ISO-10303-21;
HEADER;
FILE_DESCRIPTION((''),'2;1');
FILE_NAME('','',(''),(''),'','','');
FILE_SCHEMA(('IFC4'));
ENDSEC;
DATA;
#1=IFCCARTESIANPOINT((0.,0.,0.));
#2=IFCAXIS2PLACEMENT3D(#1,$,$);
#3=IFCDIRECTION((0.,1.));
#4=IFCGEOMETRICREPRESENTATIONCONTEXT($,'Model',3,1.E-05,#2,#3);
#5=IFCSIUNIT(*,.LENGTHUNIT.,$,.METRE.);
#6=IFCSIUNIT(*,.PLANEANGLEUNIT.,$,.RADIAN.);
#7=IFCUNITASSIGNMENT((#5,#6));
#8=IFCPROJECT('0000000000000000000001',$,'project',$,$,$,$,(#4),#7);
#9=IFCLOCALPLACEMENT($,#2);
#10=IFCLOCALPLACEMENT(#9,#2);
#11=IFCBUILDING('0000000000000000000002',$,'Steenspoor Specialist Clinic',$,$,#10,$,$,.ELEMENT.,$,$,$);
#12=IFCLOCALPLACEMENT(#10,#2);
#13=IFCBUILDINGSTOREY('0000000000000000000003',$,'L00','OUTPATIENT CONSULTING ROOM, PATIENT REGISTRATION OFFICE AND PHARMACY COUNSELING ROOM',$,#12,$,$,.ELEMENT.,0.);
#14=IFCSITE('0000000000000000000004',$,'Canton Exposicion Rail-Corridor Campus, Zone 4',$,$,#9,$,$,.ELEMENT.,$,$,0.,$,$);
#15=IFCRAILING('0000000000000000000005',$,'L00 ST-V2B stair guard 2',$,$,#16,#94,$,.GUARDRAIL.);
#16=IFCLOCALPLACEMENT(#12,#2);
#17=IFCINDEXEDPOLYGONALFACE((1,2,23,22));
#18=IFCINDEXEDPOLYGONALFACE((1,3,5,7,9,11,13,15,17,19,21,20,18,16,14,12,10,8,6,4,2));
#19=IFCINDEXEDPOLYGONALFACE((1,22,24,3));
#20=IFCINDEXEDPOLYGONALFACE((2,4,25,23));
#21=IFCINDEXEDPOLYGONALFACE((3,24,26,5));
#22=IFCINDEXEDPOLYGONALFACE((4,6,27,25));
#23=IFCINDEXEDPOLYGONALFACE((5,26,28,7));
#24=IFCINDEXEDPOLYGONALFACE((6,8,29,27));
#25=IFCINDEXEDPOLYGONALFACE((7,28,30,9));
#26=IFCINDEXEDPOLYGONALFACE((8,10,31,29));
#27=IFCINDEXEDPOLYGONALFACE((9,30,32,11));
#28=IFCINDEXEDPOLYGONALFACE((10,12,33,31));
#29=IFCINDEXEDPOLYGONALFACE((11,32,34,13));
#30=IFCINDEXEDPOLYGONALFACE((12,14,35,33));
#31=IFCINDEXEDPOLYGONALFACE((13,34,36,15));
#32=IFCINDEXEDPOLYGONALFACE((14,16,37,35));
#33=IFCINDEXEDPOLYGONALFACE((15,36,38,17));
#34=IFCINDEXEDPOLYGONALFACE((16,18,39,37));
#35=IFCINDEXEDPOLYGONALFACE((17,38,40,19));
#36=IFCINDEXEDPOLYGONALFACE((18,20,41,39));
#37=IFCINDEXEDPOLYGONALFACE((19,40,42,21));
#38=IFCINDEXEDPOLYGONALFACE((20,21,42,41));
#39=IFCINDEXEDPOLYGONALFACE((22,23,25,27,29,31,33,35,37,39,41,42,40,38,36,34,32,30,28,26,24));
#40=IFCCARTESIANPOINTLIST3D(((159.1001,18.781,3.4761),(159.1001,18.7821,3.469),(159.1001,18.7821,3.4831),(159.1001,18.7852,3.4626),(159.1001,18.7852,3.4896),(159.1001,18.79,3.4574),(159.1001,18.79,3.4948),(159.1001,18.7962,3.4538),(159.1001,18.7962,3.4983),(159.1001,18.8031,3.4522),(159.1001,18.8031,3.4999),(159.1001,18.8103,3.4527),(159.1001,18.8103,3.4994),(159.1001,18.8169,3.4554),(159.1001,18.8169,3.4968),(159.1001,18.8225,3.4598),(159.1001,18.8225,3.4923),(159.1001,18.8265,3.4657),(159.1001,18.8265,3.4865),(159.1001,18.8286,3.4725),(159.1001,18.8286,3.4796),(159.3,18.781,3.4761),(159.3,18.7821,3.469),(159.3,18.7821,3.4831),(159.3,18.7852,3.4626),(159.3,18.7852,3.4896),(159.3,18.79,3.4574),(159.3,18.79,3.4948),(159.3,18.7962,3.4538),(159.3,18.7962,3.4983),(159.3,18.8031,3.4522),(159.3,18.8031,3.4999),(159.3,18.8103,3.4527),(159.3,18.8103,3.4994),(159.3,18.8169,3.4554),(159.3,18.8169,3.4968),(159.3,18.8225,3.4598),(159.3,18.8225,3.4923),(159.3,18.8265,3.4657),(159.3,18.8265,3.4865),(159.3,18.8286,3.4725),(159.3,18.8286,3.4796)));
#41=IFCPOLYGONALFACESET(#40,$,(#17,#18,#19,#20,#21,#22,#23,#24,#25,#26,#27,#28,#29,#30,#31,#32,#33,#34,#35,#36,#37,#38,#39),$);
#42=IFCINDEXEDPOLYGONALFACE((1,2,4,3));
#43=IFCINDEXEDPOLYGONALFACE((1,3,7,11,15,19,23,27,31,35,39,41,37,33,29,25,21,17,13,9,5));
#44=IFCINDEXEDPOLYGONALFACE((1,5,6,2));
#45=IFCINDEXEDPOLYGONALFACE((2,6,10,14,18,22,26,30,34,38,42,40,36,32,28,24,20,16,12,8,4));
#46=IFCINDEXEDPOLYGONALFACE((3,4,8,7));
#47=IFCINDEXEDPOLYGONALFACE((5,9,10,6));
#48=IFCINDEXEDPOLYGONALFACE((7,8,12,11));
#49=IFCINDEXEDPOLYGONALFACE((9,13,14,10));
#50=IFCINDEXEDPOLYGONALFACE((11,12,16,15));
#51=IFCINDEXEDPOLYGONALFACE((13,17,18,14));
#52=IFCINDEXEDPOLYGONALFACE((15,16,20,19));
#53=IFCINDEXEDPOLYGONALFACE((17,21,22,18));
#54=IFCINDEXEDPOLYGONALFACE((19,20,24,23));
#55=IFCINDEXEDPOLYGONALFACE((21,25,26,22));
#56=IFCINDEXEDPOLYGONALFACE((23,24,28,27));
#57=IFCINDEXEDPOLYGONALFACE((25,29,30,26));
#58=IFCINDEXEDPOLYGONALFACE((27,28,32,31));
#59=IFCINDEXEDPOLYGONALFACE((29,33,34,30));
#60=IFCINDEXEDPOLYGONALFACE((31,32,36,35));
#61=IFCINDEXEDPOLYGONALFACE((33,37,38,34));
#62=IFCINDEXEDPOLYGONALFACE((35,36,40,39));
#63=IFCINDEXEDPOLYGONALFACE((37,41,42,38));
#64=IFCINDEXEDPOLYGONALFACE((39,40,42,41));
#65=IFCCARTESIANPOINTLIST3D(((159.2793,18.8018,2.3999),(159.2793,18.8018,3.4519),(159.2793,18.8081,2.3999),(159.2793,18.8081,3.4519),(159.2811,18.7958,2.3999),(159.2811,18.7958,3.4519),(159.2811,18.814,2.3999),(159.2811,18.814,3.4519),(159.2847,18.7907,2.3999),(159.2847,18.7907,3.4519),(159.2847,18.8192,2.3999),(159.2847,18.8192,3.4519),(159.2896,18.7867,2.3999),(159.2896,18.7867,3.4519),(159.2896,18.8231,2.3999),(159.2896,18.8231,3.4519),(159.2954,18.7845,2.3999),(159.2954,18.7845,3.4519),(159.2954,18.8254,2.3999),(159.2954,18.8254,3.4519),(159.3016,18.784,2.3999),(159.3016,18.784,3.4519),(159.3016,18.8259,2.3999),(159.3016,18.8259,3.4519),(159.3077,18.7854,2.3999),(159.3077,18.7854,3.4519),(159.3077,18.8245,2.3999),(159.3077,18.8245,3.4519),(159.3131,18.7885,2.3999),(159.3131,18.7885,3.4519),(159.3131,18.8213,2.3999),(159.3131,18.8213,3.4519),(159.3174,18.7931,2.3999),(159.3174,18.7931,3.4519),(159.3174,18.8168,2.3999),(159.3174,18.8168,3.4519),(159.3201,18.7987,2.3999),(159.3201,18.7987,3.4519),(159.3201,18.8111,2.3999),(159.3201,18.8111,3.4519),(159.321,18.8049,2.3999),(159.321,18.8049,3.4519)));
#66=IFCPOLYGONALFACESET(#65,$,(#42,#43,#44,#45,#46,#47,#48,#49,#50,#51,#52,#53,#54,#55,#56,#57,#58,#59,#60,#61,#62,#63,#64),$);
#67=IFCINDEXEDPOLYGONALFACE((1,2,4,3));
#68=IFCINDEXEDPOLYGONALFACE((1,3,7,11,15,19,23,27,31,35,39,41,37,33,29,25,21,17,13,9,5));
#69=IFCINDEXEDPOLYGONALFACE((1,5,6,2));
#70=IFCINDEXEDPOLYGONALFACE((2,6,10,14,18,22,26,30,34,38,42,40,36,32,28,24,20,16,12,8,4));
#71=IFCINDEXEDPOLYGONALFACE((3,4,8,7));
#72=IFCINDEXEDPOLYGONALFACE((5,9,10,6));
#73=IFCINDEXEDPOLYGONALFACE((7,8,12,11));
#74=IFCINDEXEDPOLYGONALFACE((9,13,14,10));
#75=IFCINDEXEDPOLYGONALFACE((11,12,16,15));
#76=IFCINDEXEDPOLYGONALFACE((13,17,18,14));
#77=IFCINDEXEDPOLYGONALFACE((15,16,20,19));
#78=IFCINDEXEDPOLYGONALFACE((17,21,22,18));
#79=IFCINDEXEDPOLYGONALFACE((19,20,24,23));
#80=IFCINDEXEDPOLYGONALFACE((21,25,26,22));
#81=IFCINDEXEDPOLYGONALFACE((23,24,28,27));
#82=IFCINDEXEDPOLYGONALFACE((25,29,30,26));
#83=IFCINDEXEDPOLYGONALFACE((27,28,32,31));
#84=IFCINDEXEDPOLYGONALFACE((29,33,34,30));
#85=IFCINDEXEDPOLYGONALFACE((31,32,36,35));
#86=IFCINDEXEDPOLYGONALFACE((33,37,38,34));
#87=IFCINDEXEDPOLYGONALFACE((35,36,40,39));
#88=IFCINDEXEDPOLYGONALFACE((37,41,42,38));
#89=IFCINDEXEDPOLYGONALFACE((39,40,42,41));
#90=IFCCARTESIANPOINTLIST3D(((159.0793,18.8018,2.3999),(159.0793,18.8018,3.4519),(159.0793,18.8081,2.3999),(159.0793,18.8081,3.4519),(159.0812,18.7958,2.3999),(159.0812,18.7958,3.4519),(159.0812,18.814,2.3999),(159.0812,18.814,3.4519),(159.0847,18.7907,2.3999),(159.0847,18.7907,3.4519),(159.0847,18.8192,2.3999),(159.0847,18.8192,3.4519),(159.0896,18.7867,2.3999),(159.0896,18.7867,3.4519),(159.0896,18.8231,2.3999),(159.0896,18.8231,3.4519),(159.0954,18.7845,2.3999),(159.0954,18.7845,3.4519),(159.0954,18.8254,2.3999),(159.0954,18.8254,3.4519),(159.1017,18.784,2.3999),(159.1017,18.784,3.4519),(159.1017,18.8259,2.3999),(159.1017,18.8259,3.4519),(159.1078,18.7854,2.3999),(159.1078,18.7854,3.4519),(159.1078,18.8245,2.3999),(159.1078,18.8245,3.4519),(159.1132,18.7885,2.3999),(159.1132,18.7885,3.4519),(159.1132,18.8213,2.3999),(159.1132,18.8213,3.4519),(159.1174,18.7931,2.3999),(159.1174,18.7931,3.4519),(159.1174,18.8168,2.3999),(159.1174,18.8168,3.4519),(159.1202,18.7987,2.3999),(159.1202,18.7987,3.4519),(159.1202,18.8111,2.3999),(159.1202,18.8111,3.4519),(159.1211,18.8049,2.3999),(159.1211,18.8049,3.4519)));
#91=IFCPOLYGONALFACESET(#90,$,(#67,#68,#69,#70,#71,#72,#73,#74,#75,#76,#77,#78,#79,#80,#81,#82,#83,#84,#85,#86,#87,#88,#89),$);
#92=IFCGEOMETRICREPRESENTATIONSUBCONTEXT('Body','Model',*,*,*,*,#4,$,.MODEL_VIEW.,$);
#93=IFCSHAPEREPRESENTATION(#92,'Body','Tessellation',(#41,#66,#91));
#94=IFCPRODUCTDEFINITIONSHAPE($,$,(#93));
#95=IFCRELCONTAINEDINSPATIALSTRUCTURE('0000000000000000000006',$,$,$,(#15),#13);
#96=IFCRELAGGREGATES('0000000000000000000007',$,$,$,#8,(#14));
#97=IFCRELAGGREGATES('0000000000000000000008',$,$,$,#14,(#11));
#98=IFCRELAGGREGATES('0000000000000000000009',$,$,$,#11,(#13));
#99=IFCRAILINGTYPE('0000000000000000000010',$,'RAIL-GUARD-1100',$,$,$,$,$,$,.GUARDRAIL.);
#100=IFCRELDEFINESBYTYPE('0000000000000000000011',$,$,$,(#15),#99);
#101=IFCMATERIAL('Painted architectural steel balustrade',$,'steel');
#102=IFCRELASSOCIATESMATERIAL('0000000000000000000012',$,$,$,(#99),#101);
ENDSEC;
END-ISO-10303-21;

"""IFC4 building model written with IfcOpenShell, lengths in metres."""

from ifc_helpers import new_model, si_unit, direction, frame, origin, origin_2d, place, context, subcontext, project, spatial, circle, extrude, material, type_object, element, save


model = new_model("IFC4")

# Units and contexts
model_context = context("Model", 3, precision=1e-05, world=origin(), true_north=direction((0.0, 1.0)))
body_context = subcontext(model_context, "Body", "Model", "MODEL_VIEW")
ifc_project = project(units=[si_unit("LENGTHUNIT", "METRE"), si_unit("PLANEANGLEUNIT", "RADIAN")], contexts=[model_context])

# Site, building, storey
site_placement = place(None, origin())
site = spatial("IfcSite", under=ifc_project, at=site_placement, Name="Canton Exposicion Rail-Corridor Campus, Zone 4", CompositionType="ELEMENT", RefElevation=0.0)
building_placement = place(site_placement, origin())
building = spatial("IfcBuilding", under=site, at=building_placement, Name="Steenspoor Specialist Clinic", CompositionType="ELEMENT")
storey_placement = place(building_placement, origin())
storey = spatial("IfcBuildingStorey", under=building, at=storey_placement, Name="L00", Description="OUTPATIENT CONSULTING ROOM, PATIENT REGISTRATION OFFICE AND PHARMACY COUNSELING ROOM", CompositionType="ELEMENT", Elevation=0.0)

# Railing
ifc_material_1 = material(Name="Painted architectural steel balustrade", Category="steel")
railing_type_1 = type_object("IfcRailingType", Name="RAIL-GUARD-1100", PredefinedType="GUARDRAIL", material=ifc_material_1)
railing_1_placement = place(storey_placement, frame((159.3, 18.8049, 2.3999)))
element("IfcRailing", 1, at=railing_1_placement, inside=storey, type_object=railing_type_1, Name="L00 ST-V2B stair guard 2", PredefinedType="GUARDRAIL", context=body_context, shape_type="SweptSolid", body=[
    extrude(circle(Radius=0.0239, at=origin_2d()), frame((0.0, 0.0, 1.0762), z_axis=(-1.0, 0.0, 0.0), x_axis=(0.0, -1.0, 0.0)), (0.0, 0.0, 1.0), 0.2),
    extrude(circle(Radius=0.021, at=origin_2d()), origin(), (0.0, 0.0, 1.0), 1.052),
    extrude(circle(Radius=0.021, at=origin_2d()), frame((-0.2, 0.0, 0.0)), (0.0, 0.0, 1.0), 1.052),
])

save(model, "model.ifc")
